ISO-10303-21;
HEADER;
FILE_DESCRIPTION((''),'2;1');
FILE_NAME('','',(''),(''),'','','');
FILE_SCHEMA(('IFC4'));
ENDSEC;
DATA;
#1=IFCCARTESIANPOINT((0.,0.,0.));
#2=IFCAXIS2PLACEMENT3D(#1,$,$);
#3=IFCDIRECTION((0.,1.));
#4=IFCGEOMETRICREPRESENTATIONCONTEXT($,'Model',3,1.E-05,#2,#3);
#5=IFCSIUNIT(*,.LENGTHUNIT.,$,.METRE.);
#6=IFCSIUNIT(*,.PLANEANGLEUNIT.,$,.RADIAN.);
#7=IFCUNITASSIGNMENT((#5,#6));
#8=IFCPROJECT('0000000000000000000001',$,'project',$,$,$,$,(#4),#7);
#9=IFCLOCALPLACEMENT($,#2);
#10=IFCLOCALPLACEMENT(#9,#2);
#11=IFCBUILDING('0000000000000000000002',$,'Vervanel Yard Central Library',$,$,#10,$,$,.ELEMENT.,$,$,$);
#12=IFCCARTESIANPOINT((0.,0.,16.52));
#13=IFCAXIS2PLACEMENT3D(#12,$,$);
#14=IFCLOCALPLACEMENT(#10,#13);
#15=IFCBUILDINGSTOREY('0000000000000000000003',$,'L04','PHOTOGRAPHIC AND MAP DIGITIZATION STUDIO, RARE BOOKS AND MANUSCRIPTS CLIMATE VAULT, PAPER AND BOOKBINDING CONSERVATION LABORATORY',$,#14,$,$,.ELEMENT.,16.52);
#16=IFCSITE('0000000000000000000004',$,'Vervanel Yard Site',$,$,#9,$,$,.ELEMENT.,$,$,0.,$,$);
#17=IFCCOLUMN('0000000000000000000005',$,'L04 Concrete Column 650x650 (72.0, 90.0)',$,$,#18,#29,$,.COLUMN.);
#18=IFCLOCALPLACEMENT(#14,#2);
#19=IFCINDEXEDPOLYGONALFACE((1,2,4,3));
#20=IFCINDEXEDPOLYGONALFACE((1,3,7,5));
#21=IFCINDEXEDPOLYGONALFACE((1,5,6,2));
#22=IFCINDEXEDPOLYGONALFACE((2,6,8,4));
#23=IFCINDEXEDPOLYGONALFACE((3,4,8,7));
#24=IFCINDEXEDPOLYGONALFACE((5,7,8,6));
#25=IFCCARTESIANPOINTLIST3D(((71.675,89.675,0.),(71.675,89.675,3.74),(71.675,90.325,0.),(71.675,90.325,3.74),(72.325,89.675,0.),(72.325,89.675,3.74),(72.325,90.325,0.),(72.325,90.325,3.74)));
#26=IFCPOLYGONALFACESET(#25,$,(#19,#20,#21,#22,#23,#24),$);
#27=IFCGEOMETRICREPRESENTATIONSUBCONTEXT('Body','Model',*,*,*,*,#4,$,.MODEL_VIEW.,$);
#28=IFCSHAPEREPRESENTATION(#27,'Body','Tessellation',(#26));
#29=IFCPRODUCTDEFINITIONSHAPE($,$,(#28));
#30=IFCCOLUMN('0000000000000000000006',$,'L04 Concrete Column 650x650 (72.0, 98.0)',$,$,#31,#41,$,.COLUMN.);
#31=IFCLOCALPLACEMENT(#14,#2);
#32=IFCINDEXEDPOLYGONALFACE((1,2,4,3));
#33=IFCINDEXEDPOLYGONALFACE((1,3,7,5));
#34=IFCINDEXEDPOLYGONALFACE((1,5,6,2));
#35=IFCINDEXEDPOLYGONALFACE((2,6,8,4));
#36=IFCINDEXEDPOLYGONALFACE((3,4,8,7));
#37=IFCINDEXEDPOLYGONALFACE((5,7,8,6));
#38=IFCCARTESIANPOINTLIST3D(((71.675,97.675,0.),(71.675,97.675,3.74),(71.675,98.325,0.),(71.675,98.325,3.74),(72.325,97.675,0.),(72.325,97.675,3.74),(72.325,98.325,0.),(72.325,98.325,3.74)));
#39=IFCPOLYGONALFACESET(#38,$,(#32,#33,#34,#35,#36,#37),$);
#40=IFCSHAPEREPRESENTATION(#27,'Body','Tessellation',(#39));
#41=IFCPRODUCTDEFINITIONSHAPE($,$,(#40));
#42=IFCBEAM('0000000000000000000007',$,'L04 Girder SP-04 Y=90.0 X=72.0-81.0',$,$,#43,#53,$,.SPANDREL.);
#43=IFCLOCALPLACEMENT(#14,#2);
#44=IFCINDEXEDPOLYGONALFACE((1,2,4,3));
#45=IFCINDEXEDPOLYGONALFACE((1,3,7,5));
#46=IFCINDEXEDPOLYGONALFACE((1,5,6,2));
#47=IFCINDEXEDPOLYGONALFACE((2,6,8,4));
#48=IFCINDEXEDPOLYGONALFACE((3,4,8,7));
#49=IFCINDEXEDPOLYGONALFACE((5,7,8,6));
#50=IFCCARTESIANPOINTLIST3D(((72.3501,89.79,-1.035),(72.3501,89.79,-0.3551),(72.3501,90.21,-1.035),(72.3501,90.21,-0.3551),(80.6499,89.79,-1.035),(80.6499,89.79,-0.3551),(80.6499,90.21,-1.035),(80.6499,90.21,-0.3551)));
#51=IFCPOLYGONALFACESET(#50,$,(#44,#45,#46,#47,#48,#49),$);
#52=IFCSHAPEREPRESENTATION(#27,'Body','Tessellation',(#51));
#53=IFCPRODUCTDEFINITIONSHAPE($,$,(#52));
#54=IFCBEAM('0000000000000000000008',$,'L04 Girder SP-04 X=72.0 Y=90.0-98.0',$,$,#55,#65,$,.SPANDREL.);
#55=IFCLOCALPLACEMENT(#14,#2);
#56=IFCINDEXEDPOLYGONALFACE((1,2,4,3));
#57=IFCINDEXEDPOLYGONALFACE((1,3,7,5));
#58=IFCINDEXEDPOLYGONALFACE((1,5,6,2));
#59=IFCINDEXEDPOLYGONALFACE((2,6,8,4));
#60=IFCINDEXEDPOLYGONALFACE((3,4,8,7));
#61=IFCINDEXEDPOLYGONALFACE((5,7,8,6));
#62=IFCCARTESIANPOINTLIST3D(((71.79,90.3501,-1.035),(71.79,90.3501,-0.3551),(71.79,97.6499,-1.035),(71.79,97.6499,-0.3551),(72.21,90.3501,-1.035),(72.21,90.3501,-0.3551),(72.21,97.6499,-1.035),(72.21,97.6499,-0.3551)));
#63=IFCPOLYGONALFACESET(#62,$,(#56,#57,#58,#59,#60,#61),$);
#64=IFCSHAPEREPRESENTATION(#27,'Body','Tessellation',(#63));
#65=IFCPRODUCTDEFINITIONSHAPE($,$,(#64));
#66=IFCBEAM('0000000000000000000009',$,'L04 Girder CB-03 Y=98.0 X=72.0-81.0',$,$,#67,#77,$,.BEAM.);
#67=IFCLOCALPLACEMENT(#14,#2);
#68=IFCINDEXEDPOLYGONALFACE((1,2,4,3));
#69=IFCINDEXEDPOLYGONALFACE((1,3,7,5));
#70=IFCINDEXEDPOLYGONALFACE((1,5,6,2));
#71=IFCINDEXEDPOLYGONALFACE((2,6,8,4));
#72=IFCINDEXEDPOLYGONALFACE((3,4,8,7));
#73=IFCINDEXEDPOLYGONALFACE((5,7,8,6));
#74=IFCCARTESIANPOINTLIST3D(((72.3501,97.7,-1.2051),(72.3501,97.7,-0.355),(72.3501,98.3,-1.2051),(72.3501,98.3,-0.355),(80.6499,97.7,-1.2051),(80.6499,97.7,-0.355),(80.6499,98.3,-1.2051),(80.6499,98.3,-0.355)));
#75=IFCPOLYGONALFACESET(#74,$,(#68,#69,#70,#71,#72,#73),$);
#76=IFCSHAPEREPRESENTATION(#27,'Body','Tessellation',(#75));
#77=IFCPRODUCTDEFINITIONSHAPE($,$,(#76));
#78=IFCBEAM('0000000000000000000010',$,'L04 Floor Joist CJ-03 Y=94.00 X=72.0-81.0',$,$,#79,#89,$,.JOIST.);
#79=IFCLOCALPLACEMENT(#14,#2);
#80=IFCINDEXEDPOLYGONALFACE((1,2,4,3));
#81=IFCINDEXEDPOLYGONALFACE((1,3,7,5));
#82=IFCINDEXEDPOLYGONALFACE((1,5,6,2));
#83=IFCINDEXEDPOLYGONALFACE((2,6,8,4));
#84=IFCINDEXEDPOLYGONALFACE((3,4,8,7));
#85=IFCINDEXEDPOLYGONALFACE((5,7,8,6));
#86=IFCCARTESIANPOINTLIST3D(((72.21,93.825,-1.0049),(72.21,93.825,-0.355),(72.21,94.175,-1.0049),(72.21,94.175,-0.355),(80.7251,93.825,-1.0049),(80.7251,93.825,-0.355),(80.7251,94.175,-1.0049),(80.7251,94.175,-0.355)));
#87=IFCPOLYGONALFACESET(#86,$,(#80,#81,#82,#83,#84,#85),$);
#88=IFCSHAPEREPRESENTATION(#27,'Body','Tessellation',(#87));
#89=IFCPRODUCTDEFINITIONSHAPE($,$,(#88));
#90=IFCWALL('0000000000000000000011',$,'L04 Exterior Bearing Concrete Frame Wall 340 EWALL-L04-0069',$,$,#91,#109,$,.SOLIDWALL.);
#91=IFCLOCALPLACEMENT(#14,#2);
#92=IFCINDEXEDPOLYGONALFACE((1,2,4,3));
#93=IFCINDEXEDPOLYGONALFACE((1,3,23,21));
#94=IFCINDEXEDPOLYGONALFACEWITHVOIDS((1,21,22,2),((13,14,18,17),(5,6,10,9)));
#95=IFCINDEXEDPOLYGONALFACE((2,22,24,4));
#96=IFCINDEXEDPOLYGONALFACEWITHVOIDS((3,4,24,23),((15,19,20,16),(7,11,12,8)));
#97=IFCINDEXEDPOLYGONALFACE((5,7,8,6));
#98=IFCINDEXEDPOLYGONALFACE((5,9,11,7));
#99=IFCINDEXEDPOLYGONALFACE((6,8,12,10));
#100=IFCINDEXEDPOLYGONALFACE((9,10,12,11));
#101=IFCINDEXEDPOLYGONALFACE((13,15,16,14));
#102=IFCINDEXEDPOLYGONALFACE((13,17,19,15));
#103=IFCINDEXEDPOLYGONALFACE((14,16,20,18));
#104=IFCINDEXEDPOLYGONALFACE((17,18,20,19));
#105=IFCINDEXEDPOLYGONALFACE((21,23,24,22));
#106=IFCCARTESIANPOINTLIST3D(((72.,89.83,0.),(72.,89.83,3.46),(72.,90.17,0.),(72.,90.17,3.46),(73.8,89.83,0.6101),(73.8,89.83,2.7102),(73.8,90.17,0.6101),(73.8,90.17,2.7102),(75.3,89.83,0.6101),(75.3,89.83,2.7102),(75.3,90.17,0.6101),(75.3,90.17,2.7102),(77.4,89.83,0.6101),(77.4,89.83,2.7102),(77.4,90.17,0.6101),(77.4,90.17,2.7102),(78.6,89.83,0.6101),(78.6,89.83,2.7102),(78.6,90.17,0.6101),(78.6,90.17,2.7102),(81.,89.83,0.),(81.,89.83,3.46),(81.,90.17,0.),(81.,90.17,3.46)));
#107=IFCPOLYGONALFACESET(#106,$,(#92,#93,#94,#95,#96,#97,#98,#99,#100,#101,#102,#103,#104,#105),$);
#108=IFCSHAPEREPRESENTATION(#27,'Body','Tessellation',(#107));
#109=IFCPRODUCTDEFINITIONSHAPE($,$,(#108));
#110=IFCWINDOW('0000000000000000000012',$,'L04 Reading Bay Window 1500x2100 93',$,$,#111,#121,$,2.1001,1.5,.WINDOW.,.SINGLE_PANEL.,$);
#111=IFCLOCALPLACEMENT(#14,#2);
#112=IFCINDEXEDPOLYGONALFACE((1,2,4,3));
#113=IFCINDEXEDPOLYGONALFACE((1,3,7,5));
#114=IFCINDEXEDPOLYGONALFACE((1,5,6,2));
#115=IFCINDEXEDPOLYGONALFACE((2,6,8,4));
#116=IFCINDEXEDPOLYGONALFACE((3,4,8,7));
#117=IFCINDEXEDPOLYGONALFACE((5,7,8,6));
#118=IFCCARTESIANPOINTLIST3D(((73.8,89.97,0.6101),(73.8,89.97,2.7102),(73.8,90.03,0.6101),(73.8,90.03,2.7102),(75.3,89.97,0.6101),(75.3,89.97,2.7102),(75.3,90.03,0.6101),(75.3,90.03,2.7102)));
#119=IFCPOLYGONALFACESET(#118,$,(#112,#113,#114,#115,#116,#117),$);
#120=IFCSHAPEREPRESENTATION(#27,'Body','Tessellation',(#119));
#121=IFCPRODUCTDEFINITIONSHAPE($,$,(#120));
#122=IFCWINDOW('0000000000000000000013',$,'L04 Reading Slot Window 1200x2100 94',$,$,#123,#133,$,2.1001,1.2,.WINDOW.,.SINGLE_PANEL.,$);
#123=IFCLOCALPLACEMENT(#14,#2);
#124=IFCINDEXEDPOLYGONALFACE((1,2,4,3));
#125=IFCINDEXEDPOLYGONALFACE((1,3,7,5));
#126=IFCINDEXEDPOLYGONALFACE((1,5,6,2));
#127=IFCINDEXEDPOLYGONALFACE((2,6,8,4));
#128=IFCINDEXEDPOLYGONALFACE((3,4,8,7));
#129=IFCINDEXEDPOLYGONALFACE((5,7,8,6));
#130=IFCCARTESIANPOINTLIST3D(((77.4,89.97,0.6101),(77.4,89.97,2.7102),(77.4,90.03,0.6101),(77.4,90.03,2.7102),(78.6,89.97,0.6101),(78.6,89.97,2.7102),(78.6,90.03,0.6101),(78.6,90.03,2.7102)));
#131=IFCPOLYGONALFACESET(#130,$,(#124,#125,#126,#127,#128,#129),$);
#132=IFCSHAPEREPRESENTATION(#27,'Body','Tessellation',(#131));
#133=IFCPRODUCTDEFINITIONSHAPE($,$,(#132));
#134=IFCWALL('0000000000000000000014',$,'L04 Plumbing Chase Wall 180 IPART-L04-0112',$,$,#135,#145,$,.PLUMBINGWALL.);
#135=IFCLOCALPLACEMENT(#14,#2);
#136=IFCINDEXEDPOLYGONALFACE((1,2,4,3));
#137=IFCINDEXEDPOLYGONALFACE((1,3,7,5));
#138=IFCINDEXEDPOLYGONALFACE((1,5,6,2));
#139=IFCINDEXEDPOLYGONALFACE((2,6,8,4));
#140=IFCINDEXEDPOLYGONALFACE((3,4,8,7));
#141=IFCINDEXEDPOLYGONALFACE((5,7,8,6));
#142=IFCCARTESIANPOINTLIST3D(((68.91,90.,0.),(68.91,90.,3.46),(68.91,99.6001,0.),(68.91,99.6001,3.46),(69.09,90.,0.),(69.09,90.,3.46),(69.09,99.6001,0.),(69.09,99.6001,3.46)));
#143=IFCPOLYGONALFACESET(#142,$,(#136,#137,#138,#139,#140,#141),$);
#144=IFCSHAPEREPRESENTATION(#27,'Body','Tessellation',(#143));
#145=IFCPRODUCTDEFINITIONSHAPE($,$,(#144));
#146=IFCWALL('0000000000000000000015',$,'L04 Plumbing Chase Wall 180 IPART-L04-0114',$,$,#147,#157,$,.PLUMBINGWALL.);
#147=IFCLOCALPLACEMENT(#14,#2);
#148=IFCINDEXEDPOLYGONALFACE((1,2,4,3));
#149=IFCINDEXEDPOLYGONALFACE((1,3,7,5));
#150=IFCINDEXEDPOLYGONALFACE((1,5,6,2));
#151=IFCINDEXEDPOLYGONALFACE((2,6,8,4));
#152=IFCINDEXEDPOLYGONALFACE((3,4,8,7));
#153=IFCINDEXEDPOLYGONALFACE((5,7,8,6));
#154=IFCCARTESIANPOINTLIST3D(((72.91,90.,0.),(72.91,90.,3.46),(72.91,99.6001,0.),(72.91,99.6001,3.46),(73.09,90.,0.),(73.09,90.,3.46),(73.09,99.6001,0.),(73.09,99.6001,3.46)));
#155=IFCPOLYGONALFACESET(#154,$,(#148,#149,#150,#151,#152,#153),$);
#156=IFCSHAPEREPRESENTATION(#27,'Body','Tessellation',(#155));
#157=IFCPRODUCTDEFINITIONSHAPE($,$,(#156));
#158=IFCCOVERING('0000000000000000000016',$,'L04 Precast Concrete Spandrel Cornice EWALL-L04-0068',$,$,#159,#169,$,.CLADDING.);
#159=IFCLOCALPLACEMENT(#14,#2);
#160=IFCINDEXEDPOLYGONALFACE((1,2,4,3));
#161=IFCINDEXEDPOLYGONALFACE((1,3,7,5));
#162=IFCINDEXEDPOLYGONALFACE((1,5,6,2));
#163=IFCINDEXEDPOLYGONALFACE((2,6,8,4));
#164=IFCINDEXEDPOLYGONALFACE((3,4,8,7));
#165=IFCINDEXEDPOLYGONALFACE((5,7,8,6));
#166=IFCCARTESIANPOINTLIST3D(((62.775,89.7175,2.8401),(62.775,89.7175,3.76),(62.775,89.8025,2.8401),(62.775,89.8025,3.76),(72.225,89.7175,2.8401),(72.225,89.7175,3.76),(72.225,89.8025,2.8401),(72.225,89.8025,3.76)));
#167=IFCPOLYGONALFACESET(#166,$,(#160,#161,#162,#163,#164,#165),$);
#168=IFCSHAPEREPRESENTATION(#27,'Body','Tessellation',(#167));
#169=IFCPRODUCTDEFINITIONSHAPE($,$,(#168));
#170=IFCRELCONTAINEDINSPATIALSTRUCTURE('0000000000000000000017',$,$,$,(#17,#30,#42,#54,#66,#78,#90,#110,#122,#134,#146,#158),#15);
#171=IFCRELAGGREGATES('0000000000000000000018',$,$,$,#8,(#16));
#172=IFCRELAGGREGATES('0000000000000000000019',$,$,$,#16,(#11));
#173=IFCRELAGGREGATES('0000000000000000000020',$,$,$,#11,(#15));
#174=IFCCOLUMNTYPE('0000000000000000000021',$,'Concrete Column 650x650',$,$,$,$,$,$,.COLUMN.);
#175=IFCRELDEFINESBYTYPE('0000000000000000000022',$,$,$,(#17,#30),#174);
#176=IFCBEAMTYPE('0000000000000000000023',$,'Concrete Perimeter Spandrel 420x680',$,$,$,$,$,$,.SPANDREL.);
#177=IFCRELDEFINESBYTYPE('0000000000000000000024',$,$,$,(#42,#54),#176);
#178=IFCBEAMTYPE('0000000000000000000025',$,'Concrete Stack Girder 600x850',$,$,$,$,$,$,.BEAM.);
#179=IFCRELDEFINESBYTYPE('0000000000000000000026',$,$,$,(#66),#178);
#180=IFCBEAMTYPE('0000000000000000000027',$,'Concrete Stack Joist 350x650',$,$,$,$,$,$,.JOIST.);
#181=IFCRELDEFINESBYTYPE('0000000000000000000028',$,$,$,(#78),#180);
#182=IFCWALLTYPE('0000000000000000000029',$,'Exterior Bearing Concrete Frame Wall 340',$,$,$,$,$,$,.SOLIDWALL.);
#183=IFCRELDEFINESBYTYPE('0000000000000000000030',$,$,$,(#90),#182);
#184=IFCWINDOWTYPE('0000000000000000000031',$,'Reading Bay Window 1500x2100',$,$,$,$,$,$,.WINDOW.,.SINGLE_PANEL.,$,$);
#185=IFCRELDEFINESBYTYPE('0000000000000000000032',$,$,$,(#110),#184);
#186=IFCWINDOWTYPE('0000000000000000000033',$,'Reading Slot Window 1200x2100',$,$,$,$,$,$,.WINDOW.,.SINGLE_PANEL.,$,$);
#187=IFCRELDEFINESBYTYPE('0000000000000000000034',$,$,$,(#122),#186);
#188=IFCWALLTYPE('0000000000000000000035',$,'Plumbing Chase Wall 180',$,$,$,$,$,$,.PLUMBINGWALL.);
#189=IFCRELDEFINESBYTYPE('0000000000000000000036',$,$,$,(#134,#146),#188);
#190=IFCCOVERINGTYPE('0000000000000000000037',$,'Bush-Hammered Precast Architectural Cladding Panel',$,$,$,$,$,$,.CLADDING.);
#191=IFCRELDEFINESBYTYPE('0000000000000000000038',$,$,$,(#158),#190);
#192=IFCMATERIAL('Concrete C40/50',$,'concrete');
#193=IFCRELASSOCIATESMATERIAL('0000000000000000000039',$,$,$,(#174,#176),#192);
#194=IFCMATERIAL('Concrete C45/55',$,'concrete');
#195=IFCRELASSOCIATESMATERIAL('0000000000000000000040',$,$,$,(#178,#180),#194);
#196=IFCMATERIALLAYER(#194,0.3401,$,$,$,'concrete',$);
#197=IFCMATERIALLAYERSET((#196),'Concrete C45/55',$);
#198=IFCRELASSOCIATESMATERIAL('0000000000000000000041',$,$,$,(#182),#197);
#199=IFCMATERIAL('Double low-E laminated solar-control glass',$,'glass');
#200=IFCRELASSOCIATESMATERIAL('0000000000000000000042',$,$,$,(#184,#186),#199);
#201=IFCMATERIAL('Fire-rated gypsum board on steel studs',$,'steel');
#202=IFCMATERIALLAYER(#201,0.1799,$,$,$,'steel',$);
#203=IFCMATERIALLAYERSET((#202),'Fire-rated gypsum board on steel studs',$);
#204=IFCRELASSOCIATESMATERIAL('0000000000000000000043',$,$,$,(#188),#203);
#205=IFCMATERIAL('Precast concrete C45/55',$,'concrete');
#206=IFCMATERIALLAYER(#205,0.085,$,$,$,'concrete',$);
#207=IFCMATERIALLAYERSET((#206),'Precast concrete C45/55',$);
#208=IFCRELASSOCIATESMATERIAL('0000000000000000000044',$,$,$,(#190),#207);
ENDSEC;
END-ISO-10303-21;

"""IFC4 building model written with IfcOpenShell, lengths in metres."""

from ifc_helpers import new_model, si_unit, direction, frame, frame_2d, origin, origin_2d, place, context, subcontext, project, spatial, rectangle, extrude, material, layer, layer_set, material_profile, profile_set, type_object, element, fill, save


model = new_model("IFC4")

# Units and contexts
model_context = context("Model", 3, precision=1e-05, world=origin(), true_north=direction((0.0, 1.0)))
body_context = subcontext(model_context, "Body", "Model", "MODEL_VIEW")
ifc_project = project(units=[si_unit("LENGTHUNIT", "METRE"), si_unit("PLANEANGLEUNIT", "RADIAN")], contexts=[model_context])

# Site, building, storey
site_placement = place(None, origin())
site = spatial("IfcSite", under=ifc_project, at=site_placement, Name="Vervanel Yard Site", CompositionType="ELEMENT", RefElevation=0.0)
building_placement = place(site_placement, origin())
building = spatial("IfcBuilding", under=site, at=building_placement, Name="Vervanel Yard Central Library", CompositionType="ELEMENT")
storey_placement = place(building_placement, frame((0.0, 0.0, 16.52)))
storey = spatial("IfcBuildingStorey", under=building, at=storey_placement, Name="L04", Description="PHOTOGRAPHIC AND MAP DIGITIZATION STUDIO, RARE BOOKS AND MANUSCRIPTS CLIMATE VAULT, PAPER AND BOOKBINDING CONSERVATION LABORATORY", CompositionType="ELEMENT", Elevation=16.52)

# Columns
ifc_material_1 = material(Name="Concrete C40/50", Category="concrete")
ifc_material_profile_1 = material_profile(ifc_material_1, rectangle(XDim=0.6499, YDim=0.6499, at=origin_2d()), Name="RC 650x650", Category="concrete")
ifc_profile_set_1 = profile_set([ifc_material_profile_1], Name="Concrete C40/50")
column_type = type_object("IfcColumnType", Name="Concrete Column 650x650", PredefinedType="COLUMN", material=ifc_profile_set_1)
for number, where, z_axis, x_axis, name in (
    (1, (72.0, 90.0, 0.0), (0.0, 0.0, 1.0), (1.0, 0.0, 0.0), "L04 Concrete Column 650x650 (72.0, 90.0)"),
    (2, (72.0, 98.0, 0.0), (0.0, 0.0, 1.0), (1.0, 0.0, 0.0), "L04 Concrete Column 650x650 (72.0, 98.0)"),
):
    element("IfcColumn", number, at=place(storey_placement, frame(where, z_axis=z_axis, x_axis=x_axis)), inside=storey, type_object=column_type, Name=name, PredefinedType="COLUMN", context=body_context, shape_type="SweptSolid", body=[
        extrude(rectangle(XDim=0.6499, YDim=0.6499, at=origin_2d()), origin(), (0.0, 0.0, 1.0), 3.74),
    ])

# Beams
ifc_material_profile_2 = material_profile(ifc_material_1, rectangle(XDim=0.4199, YDim=0.6799, at=origin_2d()), Name="RC 420x680", Category="concrete")
ifc_profile_set_2 = profile_set([ifc_material_profile_2], Name="Concrete C40/50")
beam_type_1 = type_object("IfcBeamType", Name="Concrete Perimeter Spandrel 420x680", PredefinedType="SPANDREL", material=ifc_profile_set_2)
beam_1_placement = place(storey_placement, frame((72.3501, 90.0, -0.6951), z_axis=(1.0, 0.0, 0.0), x_axis=(0.0, 1.0, 0.0)))
element("IfcBeam", 3, at=beam_1_placement, inside=storey, type_object=beam_type_1, Name="L04 Girder SP-04 Y=90.0 X=72.0-81.0", PredefinedType="SPANDREL", context=body_context, shape_type="SweptSolid", body=[
    extrude(rectangle(XDim=0.4199, YDim=0.6799, at=origin_2d()), origin(), (0.0, 0.0, 1.0), 8.2998),
])
beam_2_placement = place(storey_placement, frame((72.0, 90.3501, -0.6951), z_axis=(0.0, 1.0, 0.0), x_axis=(-1.0, 0.0, 0.0)))
element("IfcBeam", 4, at=beam_2_placement, inside=storey, type_object=beam_type_1, Name="L04 Girder SP-04 X=72.0 Y=90.0-98.0", PredefinedType="SPANDREL", context=body_context, shape_type="SweptSolid", body=[
    extrude(rectangle(XDim=0.4199, YDim=0.6799, at=origin_2d()), origin(), (0.0, 0.0, 1.0), 7.2998),
])
ifc_material_2 = material(Name="Concrete C45/55", Category="concrete")
ifc_material_profile_3 = material_profile(ifc_material_2, rectangle(XDim=0.6001, YDim=0.8501, at=origin_2d()), Name="RC 600x850", Category="concrete")
ifc_profile_set_3 = profile_set([ifc_material_profile_3], Name="Concrete C45/55")
beam_type_2 = type_object("IfcBeamType", Name="Concrete Stack Girder 600x850", PredefinedType="BEAM", material=ifc_profile_set_3)
beam_3_placement = place(storey_placement, frame((72.3501, 98.0, -0.78), z_axis=(1.0, 0.0, 0.0), x_axis=(0.0, 1.0, 0.0)))
element("IfcBeam", 5, at=beam_3_placement, inside=storey, type_object=beam_type_2, Name="L04 Girder CB-03 Y=98.0 X=72.0-81.0", PredefinedType="BEAM", context=body_context, shape_type="SweptSolid", body=[
    extrude(rectangle(XDim=0.6001, YDim=0.8501, at=origin_2d()), origin(), (0.0, 0.0, 1.0), 8.2998),
])
ifc_material_profile_4 = material_profile(ifc_material_2, rectangle(XDim=0.3501, YDim=0.6499, at=origin_2d()), Name="RC 350x650", Category="concrete")
ifc_profile_set_4 = profile_set([ifc_material_profile_4], Name="Concrete C45/55")
beam_type_3 = type_object("IfcBeamType", Name="Concrete Stack Joist 350x650", PredefinedType="JOIST", material=ifc_profile_set_4)
beam_4_placement = place(storey_placement, frame((72.21, 94.0, -0.6799), z_axis=(1.0, 0.0, 0.0), x_axis=(0.0, 1.0, 0.0)))
element("IfcBeam", 6, at=beam_4_placement, inside=storey, type_object=beam_type_3, Name="L04 Floor Joist CJ-03 Y=94.00 X=72.0-81.0", PredefinedType="JOIST", context=body_context, shape_type="SweptSolid", body=[
    extrude(rectangle(XDim=0.3501, YDim=0.6499, at=origin_2d()), origin(), (0.0, 0.0, 1.0), 8.5151),
])

# Wall, openings, windows
ifc_layer_1 = layer(ifc_material_2, 0.3401, Category="concrete")
ifc_layer_set_1 = layer_set([ifc_layer_1], Name="Concrete C45/55")
wall_type_1 = type_object("IfcWallType", Name="Exterior Bearing Concrete Frame Wall 340", PredefinedType="SOLIDWALL", material=ifc_layer_set_1)
wall_1_placement = place(storey_placement, frame((72.0, 90.0, 0.0), z_axis=(0.0, 0.0, 1.0), x_axis=(1.0, 0.0, 0.0)))
wall_1 = element("IfcWall", 7, at=wall_1_placement, inside=storey, type_object=wall_type_1, Name="L04 Exterior Bearing Concrete Frame Wall 340 EWALL-L04-0069", PredefinedType="SOLIDWALL", context=body_context, shape_type="SweptSolid", body=[
    extrude(rectangle(XDim=9.0, YDim=0.3401, at=frame_2d((4.5, 0.0))), origin(), (0.0, 0.0, 1.0), 3.46),
])
opening_1_placement = place(wall_1_placement, frame((1.8, 0.0, 0.6101)))
opening_1 = element("IfcOpeningElement", 8, at=opening_1_placement, cuts=wall_1, PredefinedType="OPENING", context=body_context, shape_type="SweptSolid", body=[
    extrude(rectangle(XDim=1.5, YDim=2.1001, at=frame_2d((0.75, 1.05))), frame((0.0, 0.1799, 0.0), z_axis=(0.0, -1.0, 0.0), x_axis=(1.0, 0.0, 0.0)), (0.0, 0.0, 1.0), 0.3601),
])
opening_2_placement = place(wall_1_placement, frame((5.3999, 0.0, 0.6101)))
opening_2 = element("IfcOpeningElement", 9, at=opening_2_placement, cuts=wall_1, PredefinedType="OPENING", context=body_context, shape_type="SweptSolid", body=[
    extrude(rectangle(XDim=1.2, YDim=2.1001, at=frame_2d((0.6001, 1.05))), frame((0.0, 0.1799, 0.0), z_axis=(0.0, -1.0, 0.0), x_axis=(1.0, 0.0, 0.0)), (0.0, 0.0, 1.0), 0.3601),
])
ifc_material_3 = material(Name="Double low-E laminated solar-control glass", Category="glass")
window_type_1 = type_object("IfcWindowType", Name="Reading Bay Window 1500x2100", PartitioningType="SINGLE_PANEL", PredefinedType="WINDOW", material=ifc_material_3)
window_1_placement = place(opening_1_placement, origin())
window_1 = element("IfcWindow", 10, at=window_1_placement, inside=storey, type_object=window_type_1, Name="L04 Reading Bay Window 1500x2100 93", OverallHeight=2.1001, OverallWidth=1.5, PartitioningType="SINGLE_PANEL", PredefinedType="WINDOW", context=body_context, shape_type="SweptSolid", body=[
    extrude(rectangle(XDim=1.5, YDim=2.1001, at=frame_2d((0.75, 1.05))), frame((0.0, 0.03, 0.0), z_axis=(0.0, -1.0, 0.0), x_axis=(1.0, 0.0, 0.0)), (0.0, 0.0, 1.0), 0.0601),
])
fill(opening_1, window_1)
window_type_2 = type_object("IfcWindowType", Name="Reading Slot Window 1200x2100", PartitioningType="SINGLE_PANEL", PredefinedType="WINDOW", material=ifc_material_3)
window_2_placement = place(opening_2_placement, origin())
window_2 = element("IfcWindow", 11, at=window_2_placement, inside=storey, type_object=window_type_2, Name="L04 Reading Slot Window 1200x2100 94", OverallHeight=2.1001, OverallWidth=1.2, PartitioningType="SINGLE_PANEL", PredefinedType="WINDOW", context=body_context, shape_type="SweptSolid", body=[
    extrude(rectangle(XDim=1.2, YDim=2.1001, at=frame_2d((0.6001, 1.05))), frame((0.0, 0.03, 0.0), z_axis=(0.0, -1.0, 0.0), x_axis=(1.0, 0.0, 0.0)), (0.0, 0.0, 1.0), 0.0601),
])
fill(opening_2, window_2)

# Shared definitions
ifc_material_4 = material(Name="Fire-rated gypsum board on steel studs", Category="steel")
ifc_layer_2 = layer(ifc_material_4, 0.1799, Category="steel")
ifc_layer_set_2 = layer_set([ifc_layer_2], Name="Fire-rated gypsum board on steel studs")
wall_type_2 = type_object("IfcWallType", Name="Plumbing Chase Wall 180", PredefinedType="PLUMBINGWALL", material=ifc_layer_set_2)

# Wall
wall_2_placement = place(storey_placement, frame((69.0, 90.0, 0.0), z_axis=(0.0, 0.0, 1.0), x_axis=(0.0, 1.0, 0.0)))
element("IfcWall", 12, at=wall_2_placement, inside=storey, type_object=wall_type_2, Name="L04 Plumbing Chase Wall 180 IPART-L04-0112", PredefinedType="PLUMBINGWALL", context=body_context, shape_type="SweptSolid", body=[
    extrude(rectangle(XDim=9.6001, YDim=0.1799, at=frame_2d((4.8, 0.0))), origin(), (0.0, 0.0, 1.0), 3.46),
])

# Wall
wall_3_placement = place(storey_placement, frame((73.0, 90.0, 0.0), z_axis=(0.0, 0.0, 1.0), x_axis=(0.0, 1.0, 0.0)))
element("IfcWall", 13, at=wall_3_placement, inside=storey, type_object=wall_type_2, Name="L04 Plumbing Chase Wall 180 IPART-L04-0114", PredefinedType="PLUMBINGWALL", context=body_context, shape_type="SweptSolid", body=[
    extrude(rectangle(XDim=9.6001, YDim=0.1799, at=frame_2d((4.8, 0.0))), origin(), (0.0, 0.0, 1.0), 3.46),
])

# Covering
ifc_material_5 = material(Name="Precast concrete C45/55", Category="concrete")
ifc_layer_3 = layer(ifc_material_5, 0.085, Category="concrete")
ifc_layer_set_3 = layer_set([ifc_layer_3], Name="Precast concrete C45/55")
covering_type = type_object("IfcCoveringType", Name="Bush-Hammered Precast Architectural Cladding Panel", PredefinedType="CLADDING", material=ifc_layer_set_3)
covering_1_placement = place(storey_placement, frame((67.5, 89.76, 2.8401), z_axis=(0.0, 0.0, 1.0), x_axis=(1.0, 0.0, 0.0)))
element("IfcCovering", 14, at=covering_1_placement, inside=storey, type_object=covering_type, Name="L04 Precast Concrete Spandrel Cornice EWALL-L04-0068", PredefinedType="CLADDING", context=body_context, shape_type="SweptSolid", body=[
    extrude(rectangle(XDim=9.45, YDim=0.085, at=origin_2d()), origin(), (0.0, 0.0, 1.0), 0.9199),
])

save(model, "model.ifc")
